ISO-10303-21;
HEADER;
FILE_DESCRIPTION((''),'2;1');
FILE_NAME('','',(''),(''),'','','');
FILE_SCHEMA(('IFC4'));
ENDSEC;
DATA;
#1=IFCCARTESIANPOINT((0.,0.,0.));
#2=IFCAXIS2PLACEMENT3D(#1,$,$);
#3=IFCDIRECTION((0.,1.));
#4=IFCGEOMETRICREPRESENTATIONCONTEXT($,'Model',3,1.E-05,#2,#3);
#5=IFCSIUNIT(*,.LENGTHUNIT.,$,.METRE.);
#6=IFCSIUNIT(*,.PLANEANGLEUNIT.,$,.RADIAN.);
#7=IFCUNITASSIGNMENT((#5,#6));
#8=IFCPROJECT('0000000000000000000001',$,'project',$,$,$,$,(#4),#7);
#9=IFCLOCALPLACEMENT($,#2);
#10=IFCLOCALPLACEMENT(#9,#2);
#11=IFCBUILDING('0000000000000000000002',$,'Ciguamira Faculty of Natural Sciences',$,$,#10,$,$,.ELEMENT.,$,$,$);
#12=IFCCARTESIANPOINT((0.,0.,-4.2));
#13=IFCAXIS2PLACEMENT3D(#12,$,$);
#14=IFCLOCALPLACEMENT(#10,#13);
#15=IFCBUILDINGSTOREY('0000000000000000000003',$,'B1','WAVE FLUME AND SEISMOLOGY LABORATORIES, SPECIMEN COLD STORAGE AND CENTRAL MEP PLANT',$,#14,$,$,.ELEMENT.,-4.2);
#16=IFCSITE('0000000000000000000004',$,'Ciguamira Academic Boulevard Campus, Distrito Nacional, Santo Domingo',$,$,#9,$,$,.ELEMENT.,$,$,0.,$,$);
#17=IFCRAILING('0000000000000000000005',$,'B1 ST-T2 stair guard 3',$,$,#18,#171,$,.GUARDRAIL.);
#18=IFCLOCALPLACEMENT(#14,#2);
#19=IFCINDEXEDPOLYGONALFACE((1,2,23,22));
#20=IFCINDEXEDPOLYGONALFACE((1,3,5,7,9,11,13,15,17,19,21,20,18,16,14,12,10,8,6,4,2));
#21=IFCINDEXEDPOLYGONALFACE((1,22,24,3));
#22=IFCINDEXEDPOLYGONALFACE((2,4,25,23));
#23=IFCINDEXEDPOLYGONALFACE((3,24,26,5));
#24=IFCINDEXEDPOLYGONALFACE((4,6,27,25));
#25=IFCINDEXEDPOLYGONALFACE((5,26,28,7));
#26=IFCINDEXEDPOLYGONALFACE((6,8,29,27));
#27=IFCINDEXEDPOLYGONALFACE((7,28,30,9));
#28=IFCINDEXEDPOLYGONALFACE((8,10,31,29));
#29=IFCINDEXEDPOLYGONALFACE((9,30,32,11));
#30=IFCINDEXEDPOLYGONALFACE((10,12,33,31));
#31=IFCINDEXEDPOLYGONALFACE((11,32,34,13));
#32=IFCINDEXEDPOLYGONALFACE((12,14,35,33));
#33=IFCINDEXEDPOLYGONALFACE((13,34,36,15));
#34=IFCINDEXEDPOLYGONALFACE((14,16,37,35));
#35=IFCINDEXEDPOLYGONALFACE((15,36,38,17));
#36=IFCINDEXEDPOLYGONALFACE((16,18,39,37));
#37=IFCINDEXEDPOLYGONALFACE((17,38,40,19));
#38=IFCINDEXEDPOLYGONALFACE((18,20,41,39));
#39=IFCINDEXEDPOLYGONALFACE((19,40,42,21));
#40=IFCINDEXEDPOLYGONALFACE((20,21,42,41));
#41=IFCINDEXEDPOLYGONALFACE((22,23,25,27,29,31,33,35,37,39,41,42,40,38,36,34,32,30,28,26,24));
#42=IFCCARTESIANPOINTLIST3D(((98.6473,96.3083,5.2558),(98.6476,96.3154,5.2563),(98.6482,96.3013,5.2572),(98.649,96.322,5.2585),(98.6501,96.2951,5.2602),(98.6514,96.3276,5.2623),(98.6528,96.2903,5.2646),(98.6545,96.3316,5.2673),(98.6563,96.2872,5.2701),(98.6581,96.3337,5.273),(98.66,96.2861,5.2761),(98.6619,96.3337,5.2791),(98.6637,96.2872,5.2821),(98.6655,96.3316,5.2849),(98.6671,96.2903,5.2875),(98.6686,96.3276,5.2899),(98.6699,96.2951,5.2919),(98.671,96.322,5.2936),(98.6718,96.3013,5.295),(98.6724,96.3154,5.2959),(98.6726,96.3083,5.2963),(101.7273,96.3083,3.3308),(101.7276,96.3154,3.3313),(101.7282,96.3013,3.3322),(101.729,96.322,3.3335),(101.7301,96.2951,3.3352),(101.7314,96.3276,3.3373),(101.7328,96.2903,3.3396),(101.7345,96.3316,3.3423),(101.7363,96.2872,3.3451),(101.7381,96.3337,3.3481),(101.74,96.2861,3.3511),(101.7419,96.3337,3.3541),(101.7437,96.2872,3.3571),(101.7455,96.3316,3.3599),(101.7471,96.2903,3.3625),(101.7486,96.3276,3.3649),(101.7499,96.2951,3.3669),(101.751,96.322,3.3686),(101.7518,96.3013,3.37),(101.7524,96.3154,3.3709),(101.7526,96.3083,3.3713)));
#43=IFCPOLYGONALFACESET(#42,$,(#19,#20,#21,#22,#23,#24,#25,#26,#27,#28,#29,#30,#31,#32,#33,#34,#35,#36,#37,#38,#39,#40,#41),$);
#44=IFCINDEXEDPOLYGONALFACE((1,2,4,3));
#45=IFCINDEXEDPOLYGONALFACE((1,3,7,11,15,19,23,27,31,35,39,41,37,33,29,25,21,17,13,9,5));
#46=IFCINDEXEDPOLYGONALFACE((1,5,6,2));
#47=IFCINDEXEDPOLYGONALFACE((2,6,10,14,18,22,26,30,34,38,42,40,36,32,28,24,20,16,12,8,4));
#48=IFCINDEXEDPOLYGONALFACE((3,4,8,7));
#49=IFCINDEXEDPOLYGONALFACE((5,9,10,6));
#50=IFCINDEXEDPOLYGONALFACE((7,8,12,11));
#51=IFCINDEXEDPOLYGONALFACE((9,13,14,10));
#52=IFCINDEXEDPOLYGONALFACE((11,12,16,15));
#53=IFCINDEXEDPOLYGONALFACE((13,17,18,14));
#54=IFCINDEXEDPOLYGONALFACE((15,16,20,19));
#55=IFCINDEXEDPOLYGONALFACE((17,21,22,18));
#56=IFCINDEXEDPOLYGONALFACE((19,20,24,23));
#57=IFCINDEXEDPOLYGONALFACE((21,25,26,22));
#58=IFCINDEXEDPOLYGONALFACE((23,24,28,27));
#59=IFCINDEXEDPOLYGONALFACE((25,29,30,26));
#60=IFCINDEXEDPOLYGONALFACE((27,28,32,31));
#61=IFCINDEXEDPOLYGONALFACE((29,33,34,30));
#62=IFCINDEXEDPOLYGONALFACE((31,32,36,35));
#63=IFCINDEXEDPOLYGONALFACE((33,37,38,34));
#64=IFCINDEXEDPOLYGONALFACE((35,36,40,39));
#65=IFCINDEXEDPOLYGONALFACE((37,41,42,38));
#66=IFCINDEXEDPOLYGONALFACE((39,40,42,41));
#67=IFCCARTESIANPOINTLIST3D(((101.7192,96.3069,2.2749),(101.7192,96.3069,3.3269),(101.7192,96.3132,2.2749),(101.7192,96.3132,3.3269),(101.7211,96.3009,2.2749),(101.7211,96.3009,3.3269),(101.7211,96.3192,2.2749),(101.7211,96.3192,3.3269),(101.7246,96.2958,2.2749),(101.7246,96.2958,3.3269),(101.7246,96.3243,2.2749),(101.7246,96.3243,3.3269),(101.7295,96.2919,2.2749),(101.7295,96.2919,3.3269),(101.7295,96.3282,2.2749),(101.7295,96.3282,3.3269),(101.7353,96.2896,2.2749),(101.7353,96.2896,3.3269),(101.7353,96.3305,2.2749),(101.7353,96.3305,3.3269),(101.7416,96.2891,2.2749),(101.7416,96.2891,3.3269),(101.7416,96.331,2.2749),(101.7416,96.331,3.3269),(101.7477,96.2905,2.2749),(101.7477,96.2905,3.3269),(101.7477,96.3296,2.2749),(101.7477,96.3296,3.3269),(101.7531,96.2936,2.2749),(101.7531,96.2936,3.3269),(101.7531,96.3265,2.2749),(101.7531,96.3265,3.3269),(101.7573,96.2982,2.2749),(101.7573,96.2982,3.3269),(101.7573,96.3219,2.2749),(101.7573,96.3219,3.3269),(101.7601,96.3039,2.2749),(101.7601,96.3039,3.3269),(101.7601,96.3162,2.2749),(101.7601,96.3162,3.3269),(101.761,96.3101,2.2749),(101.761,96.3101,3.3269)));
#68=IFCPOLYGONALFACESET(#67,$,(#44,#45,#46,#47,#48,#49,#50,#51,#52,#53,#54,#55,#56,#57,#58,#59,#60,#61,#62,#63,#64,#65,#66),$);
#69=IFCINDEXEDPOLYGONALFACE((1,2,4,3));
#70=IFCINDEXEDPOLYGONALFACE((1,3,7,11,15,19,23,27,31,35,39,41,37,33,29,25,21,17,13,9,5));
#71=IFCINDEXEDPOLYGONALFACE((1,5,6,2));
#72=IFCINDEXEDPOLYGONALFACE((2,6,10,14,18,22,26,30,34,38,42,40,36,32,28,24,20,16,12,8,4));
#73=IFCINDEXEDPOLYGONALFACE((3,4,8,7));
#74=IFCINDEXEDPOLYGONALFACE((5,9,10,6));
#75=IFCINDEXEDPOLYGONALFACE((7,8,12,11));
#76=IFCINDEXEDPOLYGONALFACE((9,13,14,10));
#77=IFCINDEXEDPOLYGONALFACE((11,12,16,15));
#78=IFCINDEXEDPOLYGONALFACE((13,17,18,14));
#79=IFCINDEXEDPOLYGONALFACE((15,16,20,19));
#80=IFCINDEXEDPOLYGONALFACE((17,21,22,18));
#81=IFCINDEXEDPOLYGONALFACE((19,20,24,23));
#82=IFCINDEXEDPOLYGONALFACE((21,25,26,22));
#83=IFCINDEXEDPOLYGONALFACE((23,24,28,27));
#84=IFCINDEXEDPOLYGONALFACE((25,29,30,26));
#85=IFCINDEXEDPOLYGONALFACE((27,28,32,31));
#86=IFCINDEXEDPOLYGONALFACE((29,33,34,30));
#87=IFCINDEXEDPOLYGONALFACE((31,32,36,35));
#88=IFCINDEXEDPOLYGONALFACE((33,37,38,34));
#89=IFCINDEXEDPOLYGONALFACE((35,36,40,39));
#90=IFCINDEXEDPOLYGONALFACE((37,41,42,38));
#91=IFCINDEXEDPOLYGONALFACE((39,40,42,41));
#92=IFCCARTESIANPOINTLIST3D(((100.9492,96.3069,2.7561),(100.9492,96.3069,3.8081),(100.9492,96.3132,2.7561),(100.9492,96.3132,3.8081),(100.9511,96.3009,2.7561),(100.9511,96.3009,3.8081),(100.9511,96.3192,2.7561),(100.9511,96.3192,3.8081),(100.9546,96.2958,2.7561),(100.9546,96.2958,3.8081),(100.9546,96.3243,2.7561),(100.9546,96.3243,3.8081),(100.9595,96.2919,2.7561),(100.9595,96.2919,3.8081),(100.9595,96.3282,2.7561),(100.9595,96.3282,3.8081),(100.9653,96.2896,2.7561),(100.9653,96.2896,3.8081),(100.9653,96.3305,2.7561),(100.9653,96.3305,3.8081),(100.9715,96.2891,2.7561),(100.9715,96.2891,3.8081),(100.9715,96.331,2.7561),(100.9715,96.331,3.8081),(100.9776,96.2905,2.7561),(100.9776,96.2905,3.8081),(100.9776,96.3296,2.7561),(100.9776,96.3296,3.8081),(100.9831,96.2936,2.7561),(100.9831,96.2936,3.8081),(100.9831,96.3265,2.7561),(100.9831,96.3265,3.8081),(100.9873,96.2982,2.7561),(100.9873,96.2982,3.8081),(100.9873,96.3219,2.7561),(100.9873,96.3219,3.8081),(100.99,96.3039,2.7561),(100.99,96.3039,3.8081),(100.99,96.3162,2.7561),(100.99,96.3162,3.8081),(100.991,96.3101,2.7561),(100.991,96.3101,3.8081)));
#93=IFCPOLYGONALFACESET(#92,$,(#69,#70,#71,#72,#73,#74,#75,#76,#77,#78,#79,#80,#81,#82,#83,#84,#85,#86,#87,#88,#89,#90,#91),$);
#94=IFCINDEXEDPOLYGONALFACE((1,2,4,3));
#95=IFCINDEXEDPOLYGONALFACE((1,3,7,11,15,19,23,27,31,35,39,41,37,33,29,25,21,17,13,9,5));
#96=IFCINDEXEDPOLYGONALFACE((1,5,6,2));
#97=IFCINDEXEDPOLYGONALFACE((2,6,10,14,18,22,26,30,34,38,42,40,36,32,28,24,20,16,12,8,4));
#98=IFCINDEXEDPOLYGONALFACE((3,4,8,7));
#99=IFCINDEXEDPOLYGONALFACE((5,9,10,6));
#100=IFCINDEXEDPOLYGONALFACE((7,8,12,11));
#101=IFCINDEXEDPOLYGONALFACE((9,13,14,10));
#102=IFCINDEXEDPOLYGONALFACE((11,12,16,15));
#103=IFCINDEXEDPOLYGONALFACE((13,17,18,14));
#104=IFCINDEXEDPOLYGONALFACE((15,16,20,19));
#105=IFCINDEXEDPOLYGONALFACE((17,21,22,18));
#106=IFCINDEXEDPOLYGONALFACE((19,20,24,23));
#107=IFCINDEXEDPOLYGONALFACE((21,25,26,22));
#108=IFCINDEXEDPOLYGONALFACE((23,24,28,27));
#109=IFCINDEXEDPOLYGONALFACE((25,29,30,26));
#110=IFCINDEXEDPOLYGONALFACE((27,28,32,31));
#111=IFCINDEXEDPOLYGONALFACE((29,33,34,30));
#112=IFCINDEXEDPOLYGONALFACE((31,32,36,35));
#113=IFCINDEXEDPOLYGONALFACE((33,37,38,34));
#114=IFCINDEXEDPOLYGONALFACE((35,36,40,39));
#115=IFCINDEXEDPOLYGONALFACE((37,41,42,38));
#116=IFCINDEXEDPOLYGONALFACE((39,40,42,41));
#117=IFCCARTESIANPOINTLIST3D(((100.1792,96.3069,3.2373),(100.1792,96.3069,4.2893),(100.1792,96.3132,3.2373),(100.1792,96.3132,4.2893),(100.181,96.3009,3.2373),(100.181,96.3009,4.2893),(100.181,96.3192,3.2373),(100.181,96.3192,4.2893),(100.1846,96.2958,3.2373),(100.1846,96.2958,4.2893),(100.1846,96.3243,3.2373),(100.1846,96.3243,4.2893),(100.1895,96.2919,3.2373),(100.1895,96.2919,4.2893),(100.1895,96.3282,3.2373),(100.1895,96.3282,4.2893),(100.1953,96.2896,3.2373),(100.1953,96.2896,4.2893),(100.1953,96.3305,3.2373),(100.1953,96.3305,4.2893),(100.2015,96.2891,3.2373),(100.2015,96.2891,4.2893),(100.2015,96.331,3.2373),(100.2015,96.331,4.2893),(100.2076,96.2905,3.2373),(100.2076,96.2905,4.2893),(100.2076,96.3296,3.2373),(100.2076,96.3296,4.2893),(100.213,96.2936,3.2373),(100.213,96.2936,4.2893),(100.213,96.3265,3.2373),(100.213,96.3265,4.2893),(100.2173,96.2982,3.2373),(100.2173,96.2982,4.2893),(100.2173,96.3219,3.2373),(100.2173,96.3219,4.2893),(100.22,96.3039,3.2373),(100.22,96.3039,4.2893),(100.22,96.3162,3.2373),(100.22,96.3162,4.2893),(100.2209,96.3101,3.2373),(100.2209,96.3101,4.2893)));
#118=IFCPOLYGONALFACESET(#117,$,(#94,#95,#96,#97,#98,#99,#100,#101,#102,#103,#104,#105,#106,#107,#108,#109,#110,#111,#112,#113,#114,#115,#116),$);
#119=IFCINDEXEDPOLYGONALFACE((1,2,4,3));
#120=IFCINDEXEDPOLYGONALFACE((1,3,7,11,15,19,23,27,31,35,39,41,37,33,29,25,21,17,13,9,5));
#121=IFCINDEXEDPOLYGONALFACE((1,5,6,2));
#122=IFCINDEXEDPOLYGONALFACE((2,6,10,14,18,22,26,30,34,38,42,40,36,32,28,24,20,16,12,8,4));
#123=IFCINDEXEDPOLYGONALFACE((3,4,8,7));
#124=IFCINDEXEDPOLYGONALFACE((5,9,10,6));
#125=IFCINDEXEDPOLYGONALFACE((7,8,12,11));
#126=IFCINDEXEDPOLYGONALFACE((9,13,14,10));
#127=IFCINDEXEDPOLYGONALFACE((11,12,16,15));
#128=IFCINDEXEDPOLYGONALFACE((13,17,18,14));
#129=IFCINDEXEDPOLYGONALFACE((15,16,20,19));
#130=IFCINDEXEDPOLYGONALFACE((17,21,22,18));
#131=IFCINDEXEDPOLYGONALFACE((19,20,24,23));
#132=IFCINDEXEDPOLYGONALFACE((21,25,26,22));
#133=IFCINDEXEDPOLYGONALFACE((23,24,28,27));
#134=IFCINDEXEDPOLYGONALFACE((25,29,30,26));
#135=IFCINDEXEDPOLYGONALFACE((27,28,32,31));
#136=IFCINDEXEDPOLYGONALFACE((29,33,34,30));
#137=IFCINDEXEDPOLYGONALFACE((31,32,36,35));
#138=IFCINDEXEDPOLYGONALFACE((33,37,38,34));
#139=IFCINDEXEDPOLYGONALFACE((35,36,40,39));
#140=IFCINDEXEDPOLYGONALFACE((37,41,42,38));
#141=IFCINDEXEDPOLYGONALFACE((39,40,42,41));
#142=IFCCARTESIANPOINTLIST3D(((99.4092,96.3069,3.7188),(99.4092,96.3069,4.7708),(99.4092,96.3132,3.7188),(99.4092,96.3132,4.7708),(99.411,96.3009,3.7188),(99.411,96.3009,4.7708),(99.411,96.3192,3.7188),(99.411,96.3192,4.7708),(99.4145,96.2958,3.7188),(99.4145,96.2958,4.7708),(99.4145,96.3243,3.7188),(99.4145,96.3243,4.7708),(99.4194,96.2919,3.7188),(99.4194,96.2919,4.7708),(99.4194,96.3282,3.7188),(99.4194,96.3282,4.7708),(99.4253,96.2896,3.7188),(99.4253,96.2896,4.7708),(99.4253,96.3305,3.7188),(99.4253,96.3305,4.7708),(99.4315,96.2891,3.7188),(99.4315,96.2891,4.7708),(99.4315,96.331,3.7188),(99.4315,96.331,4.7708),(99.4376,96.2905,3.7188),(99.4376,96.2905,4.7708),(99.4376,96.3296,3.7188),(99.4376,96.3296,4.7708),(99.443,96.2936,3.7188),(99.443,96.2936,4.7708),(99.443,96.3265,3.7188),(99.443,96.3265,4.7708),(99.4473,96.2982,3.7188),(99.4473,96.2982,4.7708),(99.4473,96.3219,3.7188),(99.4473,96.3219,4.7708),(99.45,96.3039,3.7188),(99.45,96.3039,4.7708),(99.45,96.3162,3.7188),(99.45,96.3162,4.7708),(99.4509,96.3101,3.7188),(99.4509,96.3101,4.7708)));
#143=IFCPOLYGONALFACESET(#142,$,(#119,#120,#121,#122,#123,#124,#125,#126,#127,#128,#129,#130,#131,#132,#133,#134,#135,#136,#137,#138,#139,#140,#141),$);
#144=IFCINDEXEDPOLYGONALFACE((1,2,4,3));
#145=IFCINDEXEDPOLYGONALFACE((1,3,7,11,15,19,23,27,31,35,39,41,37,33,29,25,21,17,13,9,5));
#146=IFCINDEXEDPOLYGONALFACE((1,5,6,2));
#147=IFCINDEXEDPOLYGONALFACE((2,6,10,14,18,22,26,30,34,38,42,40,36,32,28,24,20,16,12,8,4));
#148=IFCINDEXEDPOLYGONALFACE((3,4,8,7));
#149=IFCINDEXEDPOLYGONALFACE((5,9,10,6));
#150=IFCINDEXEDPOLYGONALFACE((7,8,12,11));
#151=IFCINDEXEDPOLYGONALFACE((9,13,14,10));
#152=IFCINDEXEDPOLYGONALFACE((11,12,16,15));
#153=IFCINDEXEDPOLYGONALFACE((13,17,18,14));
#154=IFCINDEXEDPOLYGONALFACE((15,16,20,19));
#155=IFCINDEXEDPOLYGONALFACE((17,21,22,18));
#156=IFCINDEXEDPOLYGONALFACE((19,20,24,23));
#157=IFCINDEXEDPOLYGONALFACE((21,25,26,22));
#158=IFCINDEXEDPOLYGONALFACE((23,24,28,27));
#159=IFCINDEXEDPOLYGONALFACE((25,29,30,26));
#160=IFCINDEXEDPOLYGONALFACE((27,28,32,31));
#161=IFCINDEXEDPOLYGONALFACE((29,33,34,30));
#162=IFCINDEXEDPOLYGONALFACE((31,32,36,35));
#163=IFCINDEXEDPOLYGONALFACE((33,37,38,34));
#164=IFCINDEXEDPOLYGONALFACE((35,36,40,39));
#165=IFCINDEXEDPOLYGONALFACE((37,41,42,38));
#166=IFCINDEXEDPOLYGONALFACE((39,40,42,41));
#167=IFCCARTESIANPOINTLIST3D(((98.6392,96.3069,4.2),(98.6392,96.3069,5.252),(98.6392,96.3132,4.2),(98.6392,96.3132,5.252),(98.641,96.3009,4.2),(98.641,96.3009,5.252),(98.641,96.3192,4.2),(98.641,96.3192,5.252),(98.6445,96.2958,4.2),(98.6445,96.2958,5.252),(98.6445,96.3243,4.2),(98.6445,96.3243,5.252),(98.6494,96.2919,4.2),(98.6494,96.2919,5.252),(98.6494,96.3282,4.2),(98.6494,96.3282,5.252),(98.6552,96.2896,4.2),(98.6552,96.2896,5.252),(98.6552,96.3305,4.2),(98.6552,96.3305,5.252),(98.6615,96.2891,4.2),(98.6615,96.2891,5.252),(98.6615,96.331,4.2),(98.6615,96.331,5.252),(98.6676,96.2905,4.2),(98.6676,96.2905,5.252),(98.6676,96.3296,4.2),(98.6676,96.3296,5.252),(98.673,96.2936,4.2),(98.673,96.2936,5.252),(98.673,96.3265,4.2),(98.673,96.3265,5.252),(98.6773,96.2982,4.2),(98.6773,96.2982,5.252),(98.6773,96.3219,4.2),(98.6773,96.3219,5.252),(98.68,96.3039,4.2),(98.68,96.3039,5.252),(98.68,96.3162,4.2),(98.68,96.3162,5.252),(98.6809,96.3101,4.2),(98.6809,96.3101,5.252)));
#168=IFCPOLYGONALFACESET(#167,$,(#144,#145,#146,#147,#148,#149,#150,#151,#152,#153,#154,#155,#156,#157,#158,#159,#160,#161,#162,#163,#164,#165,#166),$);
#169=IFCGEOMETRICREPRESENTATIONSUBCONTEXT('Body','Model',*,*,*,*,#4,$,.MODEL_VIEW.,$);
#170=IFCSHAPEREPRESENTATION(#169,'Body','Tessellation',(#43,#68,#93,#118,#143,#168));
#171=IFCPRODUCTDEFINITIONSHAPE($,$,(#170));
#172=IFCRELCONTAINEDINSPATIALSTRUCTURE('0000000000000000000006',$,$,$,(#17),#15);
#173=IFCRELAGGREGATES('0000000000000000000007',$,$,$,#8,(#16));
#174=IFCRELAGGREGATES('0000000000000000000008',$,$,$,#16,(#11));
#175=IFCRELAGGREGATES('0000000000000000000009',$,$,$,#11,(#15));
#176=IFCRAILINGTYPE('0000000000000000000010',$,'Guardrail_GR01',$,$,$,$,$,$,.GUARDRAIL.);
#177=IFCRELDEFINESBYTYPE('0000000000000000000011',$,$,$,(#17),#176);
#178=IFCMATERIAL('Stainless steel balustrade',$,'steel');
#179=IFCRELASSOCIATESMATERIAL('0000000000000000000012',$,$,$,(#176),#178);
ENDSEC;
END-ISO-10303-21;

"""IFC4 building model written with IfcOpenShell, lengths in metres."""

from ifc_helpers import new_model, si_unit, direction, frame, origin, origin_2d, place, context, subcontext, project, spatial, circle, extrude, material, type_object, element, save


model = new_model("IFC4")

# Units and contexts
model_context = context("Model", 3, precision=1e-05, world=origin(), true_north=direction((0.0, 1.0)))
body_context = subcontext(model_context, "Body", "Model", "MODEL_VIEW")
ifc_project = project(units=[si_unit("LENGTHUNIT", "METRE"), si_unit("PLANEANGLEUNIT", "RADIAN")], contexts=[model_context])

# Site, building, storey
site_placement = place(None, origin())
site = spatial("IfcSite", under=ifc_project, at=site_placement, Name="Ciguamira Academic Boulevard Campus, Distrito Nacional, Santo Domingo", CompositionType="ELEMENT", RefElevation=0.0)
building_placement = place(site_placement, origin())
building = spatial("IfcBuilding", under=site, at=building_placement, Name="Ciguamira Faculty of Natural Sciences", CompositionType="ELEMENT")
storey_placement = place(building_placement, frame((0.0, 0.0, -4.2)))
storey = spatial("IfcBuildingStorey", under=building, at=storey_placement, Name="B1", Description="WAVE FLUME AND SEISMOLOGY LABORATORIES, SPECIMEN COLD STORAGE AND CENTRAL MEP PLANT", CompositionType="ELEMENT", Elevation=-4.2)

# Railing
ifc_material_1 = material(Name="Stainless steel balustrade", Category="steel")
railing_type_1 = type_object("IfcRailingType", Name="Guardrail_GR01", PredefinedType="GUARDRAIL", material=ifc_material_1)
railing_1_placement = place(storey_placement, frame((101.74, 96.3101, 2.2749)))
element("IfcRailing", 1, at=railing_1_placement, inside=storey, type_object=railing_type_1, Name="B1 ST-T2 stair guard 3", PredefinedType="GUARDRAIL", context=body_context, shape_type="SweptSolid", body=[
    extrude(circle(Radius=0.0239, at=origin_2d()), frame((0.0, 0.0, 1.0762), z_axis=(-0.847998, 0.0, 0.529999), x_axis=(0.0, -1.0, 0.0)), (0.0, 0.0, 1.0), 3.6321),
    extrude(circle(Radius=0.021, at=origin_2d()), origin(), (0.0, 0.0, 1.0), 1.052),
    extrude(circle(Radius=0.021, at=origin_2d()), frame((-0.77, 0.0, 0.4812)), (0.0, 0.0, 1.0), 1.052),
    extrude(circle(Radius=0.021, at=origin_2d()), frame((-1.54, 0.0, 0.9624)), (0.0, 0.0, 1.0), 1.052),
    extrude(circle(Radius=0.021, at=origin_2d()), frame((-2.3101, 0.0, 1.4438)), (0.0, 0.0, 1.0), 1.052),
    extrude(circle(Radius=0.021, at=origin_2d()), frame((-3.0801, 0.0, 1.925)), (0.0, 0.0, 1.0), 1.052),
])

save(model, "model.ifc")
